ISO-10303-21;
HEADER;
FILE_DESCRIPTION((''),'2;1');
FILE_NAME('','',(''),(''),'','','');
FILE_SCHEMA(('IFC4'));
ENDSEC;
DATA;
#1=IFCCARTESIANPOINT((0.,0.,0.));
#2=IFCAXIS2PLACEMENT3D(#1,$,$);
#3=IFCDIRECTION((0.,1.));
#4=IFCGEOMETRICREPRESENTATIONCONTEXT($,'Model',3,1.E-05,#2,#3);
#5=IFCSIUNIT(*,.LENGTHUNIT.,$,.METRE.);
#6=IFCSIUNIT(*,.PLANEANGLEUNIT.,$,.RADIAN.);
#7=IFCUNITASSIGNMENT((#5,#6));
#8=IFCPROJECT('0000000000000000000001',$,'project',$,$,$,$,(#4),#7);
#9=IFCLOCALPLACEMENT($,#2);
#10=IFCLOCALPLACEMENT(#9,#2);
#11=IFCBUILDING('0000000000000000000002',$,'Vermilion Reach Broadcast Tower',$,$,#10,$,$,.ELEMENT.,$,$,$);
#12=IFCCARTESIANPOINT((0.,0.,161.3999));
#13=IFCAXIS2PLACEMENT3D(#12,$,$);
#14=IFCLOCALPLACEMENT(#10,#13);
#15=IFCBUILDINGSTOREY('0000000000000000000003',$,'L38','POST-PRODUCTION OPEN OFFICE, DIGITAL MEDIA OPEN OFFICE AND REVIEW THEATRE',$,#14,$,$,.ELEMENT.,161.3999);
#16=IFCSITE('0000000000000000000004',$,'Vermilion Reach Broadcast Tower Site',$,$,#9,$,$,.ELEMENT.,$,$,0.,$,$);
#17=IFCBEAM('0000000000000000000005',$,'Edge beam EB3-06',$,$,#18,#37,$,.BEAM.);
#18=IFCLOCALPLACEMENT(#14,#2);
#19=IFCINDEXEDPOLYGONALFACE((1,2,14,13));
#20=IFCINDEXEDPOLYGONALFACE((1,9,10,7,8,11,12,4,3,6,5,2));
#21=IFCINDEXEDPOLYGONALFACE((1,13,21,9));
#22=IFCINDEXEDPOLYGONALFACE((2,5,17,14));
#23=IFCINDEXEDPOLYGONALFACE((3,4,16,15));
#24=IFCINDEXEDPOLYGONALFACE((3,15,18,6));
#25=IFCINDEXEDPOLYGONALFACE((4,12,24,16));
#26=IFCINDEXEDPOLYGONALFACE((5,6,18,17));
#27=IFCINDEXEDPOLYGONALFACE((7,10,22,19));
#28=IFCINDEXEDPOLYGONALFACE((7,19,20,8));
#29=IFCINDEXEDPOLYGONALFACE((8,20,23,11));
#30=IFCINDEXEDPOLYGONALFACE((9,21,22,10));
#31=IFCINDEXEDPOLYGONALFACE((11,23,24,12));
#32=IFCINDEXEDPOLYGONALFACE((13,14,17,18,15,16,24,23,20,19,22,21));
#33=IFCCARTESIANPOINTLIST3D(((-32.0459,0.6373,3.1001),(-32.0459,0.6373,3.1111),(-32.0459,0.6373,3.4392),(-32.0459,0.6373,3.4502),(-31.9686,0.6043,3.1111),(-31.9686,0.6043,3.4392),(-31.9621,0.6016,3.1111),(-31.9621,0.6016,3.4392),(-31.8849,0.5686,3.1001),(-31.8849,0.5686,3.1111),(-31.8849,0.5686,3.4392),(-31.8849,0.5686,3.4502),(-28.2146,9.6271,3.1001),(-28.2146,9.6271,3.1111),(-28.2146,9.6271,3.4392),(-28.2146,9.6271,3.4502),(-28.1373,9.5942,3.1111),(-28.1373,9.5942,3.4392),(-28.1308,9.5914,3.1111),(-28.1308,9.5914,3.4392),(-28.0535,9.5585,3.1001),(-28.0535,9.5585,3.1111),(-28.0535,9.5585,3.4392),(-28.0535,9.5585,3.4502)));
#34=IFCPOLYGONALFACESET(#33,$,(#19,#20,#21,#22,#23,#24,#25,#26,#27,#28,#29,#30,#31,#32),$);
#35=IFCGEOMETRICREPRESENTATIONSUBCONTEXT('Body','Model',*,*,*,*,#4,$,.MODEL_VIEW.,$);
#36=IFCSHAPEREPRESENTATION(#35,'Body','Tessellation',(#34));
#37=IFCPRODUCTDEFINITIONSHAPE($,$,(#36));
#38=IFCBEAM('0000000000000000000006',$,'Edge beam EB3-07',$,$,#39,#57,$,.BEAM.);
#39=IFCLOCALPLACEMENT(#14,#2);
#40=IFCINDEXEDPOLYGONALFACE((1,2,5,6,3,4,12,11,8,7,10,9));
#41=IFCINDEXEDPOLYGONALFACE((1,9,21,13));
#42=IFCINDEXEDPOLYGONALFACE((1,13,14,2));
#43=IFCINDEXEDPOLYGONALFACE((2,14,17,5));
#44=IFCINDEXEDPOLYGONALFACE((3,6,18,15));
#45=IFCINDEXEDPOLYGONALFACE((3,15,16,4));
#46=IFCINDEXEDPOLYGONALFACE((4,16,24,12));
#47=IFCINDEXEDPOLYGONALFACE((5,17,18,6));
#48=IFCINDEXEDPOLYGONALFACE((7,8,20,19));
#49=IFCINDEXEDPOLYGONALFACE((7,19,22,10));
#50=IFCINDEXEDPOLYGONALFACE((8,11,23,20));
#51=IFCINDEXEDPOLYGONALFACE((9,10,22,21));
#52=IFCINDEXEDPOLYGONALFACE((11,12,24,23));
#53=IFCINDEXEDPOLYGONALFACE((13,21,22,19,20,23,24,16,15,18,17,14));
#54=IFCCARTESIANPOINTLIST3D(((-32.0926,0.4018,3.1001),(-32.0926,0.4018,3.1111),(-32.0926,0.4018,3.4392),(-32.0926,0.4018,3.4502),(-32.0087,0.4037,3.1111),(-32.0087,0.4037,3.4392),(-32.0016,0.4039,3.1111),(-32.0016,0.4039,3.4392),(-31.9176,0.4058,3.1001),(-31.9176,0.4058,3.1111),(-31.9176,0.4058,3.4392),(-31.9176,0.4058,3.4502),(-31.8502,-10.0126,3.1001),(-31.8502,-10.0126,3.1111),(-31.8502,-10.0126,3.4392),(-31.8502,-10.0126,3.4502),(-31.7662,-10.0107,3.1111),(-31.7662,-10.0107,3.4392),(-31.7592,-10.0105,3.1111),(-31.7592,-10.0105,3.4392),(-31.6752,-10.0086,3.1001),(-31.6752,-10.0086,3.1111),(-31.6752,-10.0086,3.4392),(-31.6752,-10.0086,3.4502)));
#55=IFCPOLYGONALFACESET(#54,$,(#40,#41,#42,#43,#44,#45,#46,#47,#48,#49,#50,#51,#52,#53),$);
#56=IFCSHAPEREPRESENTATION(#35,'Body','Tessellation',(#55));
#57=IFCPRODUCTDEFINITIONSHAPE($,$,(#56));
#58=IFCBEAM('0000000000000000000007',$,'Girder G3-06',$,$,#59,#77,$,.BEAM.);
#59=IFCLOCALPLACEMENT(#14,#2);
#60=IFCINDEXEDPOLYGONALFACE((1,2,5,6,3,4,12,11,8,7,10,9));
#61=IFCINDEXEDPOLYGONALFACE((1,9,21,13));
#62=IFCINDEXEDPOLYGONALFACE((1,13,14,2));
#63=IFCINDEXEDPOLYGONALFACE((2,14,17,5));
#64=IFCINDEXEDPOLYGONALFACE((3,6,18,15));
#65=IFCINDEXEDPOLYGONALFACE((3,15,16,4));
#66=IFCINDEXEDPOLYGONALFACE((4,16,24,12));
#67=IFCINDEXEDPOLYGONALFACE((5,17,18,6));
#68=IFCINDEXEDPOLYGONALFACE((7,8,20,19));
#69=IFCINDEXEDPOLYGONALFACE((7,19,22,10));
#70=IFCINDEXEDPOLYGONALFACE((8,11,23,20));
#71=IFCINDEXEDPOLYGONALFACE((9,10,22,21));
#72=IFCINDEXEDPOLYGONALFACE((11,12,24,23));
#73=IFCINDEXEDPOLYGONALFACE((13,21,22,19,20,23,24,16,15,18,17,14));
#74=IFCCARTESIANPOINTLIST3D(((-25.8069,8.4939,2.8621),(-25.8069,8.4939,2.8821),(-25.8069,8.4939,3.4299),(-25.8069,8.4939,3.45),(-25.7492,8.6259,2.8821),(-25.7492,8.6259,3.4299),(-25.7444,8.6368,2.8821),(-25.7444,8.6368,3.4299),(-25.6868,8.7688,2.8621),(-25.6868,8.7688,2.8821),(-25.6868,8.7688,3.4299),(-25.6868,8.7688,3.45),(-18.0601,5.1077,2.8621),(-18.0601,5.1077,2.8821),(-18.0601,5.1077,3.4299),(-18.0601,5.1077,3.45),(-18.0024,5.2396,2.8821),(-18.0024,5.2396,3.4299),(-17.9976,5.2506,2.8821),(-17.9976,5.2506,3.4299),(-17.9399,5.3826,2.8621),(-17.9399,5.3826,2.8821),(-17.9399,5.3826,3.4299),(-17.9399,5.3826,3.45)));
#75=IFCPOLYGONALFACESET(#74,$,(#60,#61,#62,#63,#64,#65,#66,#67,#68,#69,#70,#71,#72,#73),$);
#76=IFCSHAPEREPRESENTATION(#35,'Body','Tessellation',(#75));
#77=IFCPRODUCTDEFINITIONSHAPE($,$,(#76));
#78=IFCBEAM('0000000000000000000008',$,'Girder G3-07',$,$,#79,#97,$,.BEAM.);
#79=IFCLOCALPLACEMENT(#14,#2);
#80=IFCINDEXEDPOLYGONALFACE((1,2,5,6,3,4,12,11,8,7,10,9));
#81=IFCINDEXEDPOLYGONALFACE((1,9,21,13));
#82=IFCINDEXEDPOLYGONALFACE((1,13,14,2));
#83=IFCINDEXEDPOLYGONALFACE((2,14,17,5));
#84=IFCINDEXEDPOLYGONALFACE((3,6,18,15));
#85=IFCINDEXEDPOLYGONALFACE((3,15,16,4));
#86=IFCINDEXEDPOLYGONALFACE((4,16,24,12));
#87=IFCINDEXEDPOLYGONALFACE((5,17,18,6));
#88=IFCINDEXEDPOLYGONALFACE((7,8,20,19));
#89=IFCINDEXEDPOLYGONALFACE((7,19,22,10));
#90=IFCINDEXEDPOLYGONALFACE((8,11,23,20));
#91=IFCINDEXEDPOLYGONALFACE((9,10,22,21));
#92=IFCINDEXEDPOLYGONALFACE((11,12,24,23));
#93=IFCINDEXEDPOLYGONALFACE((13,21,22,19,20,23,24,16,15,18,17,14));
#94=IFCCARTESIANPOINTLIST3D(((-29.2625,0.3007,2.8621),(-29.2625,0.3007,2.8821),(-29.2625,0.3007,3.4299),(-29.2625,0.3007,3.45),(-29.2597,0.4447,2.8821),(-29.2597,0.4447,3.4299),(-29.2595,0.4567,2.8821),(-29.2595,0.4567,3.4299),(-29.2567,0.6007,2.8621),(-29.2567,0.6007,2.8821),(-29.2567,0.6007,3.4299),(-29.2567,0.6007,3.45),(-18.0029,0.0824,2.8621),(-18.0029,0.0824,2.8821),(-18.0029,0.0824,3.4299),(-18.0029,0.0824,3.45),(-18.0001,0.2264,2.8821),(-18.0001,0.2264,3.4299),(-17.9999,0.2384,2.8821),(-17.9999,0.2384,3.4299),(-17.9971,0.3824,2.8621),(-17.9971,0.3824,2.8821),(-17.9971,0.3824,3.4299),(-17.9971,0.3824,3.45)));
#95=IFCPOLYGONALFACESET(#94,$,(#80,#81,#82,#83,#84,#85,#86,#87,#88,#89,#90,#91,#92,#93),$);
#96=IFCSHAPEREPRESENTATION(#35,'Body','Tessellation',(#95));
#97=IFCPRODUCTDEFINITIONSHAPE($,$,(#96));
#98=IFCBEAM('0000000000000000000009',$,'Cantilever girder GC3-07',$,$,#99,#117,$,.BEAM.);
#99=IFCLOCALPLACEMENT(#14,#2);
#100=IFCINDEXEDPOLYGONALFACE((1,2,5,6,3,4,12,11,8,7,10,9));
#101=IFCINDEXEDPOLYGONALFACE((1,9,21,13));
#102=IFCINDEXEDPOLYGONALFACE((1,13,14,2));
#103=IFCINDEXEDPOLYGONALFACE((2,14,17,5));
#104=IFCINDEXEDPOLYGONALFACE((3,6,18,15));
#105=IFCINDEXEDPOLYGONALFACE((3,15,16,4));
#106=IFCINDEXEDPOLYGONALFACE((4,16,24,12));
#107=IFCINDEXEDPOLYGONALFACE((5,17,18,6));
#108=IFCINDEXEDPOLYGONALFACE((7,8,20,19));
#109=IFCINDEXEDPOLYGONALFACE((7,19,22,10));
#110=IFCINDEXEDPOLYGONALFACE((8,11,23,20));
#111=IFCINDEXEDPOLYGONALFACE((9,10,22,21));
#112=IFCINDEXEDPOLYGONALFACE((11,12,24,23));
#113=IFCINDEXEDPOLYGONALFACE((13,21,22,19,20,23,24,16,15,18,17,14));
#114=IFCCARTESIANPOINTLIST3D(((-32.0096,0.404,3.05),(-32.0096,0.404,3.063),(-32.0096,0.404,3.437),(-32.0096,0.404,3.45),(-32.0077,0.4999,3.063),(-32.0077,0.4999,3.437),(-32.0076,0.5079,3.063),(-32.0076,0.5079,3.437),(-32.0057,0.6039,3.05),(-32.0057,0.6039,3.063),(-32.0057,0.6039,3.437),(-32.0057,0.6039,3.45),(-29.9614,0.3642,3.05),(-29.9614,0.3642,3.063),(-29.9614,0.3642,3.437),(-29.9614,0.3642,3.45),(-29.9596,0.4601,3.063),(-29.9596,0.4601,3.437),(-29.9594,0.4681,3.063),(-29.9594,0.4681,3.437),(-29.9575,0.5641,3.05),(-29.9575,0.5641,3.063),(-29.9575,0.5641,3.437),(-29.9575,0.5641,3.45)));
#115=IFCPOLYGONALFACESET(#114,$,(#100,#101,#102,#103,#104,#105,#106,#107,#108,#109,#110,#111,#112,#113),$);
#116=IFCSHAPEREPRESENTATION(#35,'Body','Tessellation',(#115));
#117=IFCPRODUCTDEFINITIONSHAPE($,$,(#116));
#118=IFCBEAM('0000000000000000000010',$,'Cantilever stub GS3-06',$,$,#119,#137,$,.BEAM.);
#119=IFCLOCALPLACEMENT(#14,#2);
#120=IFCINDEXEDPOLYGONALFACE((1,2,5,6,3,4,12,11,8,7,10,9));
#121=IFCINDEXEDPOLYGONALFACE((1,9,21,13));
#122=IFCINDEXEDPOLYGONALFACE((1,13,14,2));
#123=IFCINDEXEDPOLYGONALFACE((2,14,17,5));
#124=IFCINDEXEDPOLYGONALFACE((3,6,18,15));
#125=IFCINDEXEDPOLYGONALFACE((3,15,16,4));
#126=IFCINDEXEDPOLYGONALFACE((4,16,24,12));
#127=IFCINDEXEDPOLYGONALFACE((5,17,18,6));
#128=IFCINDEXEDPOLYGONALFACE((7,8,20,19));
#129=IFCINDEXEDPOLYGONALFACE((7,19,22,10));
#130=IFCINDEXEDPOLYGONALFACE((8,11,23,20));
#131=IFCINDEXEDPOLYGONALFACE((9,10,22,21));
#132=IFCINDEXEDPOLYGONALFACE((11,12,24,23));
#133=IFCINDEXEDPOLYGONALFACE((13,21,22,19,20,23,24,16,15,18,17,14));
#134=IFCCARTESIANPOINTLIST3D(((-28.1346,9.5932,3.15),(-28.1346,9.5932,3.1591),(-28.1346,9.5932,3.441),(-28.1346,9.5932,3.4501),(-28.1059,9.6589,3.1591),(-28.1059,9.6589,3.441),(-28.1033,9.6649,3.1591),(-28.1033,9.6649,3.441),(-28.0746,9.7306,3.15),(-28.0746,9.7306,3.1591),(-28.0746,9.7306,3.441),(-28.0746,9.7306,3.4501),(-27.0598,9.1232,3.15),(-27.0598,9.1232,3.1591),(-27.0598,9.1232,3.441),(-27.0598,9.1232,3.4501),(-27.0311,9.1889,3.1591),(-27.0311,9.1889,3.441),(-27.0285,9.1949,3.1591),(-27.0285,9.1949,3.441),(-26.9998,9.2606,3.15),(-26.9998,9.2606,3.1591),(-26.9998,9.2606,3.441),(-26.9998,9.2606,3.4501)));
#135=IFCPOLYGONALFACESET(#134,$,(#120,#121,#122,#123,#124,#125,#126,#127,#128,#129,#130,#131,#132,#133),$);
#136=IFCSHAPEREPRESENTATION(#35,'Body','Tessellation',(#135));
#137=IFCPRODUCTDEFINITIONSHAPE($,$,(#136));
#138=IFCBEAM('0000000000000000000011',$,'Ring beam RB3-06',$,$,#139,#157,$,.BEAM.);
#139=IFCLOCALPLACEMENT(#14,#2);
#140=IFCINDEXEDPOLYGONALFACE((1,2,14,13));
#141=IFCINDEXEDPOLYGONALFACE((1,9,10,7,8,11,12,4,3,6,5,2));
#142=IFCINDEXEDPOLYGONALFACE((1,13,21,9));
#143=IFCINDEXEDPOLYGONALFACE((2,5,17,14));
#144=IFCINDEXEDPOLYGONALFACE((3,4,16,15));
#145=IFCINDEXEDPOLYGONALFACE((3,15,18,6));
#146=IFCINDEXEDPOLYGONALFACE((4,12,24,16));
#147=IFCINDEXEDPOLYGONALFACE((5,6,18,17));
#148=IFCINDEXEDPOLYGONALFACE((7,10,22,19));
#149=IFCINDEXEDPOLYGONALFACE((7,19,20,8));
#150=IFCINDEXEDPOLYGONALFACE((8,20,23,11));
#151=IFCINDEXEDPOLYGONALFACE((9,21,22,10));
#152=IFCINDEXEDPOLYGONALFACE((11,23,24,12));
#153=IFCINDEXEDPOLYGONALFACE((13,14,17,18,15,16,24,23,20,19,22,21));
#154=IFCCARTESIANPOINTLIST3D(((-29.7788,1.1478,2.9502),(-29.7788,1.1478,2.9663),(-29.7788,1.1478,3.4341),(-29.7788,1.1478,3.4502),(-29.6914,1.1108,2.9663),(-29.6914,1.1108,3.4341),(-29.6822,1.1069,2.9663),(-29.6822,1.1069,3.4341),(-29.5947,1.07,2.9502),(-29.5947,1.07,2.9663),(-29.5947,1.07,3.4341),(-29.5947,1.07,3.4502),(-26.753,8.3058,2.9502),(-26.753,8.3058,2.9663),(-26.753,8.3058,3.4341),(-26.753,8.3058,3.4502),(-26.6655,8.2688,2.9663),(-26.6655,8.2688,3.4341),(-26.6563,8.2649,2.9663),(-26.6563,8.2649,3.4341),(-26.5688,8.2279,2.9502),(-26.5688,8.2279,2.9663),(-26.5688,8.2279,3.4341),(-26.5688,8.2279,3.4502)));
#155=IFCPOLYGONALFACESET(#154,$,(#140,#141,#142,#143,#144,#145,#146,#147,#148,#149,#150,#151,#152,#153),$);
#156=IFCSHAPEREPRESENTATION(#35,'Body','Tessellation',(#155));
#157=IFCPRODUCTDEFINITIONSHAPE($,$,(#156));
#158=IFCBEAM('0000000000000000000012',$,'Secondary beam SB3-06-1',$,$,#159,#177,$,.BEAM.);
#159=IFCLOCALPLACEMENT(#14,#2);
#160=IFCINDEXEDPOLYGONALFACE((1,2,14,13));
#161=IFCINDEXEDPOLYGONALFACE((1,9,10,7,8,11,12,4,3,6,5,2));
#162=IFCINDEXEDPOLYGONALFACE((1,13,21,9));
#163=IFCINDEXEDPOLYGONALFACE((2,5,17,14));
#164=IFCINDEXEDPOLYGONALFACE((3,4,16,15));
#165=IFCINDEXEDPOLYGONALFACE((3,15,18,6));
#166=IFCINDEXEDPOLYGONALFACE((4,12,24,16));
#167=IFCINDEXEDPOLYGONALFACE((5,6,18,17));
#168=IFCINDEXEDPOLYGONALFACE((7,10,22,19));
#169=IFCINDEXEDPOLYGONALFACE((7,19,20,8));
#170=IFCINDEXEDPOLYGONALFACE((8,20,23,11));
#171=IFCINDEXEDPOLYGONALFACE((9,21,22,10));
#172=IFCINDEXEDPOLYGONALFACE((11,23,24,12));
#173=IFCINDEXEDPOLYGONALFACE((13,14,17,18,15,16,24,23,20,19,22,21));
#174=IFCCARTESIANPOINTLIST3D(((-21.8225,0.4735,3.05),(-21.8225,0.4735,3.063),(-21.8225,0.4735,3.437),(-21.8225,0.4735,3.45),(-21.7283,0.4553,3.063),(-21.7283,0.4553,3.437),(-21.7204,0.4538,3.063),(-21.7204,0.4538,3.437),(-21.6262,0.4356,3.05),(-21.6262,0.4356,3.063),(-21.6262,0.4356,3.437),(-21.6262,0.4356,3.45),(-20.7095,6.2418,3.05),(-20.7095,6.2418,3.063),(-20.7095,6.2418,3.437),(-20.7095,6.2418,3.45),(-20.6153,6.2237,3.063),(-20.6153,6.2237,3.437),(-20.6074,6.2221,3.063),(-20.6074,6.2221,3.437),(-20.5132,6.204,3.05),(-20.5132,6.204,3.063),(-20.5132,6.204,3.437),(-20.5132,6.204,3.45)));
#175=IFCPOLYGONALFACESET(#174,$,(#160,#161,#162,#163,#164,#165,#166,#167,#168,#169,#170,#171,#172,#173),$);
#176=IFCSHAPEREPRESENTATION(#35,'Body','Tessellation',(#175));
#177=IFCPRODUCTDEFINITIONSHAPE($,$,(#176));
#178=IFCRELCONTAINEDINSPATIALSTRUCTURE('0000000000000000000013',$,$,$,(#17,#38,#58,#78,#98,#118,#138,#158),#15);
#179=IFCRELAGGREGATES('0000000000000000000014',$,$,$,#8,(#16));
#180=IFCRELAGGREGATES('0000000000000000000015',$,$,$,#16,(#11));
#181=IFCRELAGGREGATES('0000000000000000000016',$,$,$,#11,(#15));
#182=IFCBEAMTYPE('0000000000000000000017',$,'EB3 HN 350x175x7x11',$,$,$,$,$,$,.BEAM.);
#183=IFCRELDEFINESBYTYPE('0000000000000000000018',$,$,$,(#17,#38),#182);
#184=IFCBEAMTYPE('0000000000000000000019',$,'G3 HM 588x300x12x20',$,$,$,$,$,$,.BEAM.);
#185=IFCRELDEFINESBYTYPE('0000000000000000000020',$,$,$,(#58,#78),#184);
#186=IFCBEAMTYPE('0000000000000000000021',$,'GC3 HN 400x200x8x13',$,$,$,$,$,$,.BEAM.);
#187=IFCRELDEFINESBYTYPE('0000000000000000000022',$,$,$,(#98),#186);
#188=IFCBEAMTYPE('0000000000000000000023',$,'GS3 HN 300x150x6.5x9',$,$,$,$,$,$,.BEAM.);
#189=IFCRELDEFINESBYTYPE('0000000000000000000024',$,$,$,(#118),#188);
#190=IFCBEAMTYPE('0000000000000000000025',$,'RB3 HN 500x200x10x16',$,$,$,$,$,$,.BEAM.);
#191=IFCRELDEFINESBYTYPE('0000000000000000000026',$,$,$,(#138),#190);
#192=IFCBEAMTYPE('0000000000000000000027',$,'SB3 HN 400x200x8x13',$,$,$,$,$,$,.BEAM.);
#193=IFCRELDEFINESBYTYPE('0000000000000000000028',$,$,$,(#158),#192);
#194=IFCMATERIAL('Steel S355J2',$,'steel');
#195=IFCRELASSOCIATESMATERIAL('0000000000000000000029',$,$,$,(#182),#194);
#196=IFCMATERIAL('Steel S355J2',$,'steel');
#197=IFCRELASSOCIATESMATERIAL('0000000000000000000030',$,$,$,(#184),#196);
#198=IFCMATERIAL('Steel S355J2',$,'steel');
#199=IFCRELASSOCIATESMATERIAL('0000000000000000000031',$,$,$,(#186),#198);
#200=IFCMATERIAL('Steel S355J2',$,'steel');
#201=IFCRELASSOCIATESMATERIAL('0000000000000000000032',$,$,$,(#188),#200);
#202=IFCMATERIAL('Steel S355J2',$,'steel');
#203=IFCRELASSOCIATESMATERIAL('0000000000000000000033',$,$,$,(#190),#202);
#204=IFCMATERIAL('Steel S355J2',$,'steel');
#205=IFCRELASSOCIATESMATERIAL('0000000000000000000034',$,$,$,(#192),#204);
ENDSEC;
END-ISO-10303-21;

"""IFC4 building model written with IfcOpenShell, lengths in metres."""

from ifc_helpers import new_model, si_unit, direction, frame, origin, origin_2d, place, context, subcontext, project, spatial, i_section, extrude, material, material_profile, profile_set, type_object, element, save


model = new_model("IFC4")

# Units and contexts
model_context = context("Model", 3, precision=1e-05, world=origin(), true_north=direction((0.0, 1.0)))
body_context = subcontext(model_context, "Body", "Model", "MODEL_VIEW")
ifc_project = project(units=[si_unit("LENGTHUNIT", "METRE"), si_unit("PLANEANGLEUNIT", "RADIAN")], contexts=[model_context])

# Site, building, storey
site_placement = place(None, origin())
site = spatial("IfcSite", under=ifc_project, at=site_placement, Name="Vermilion Reach Broadcast Tower Site", CompositionType="ELEMENT", RefElevation=0.0)
building_placement = place(site_placement, origin())
building = spatial("IfcBuilding", under=site, at=building_placement, Name="Vermilion Reach Broadcast Tower", CompositionType="ELEMENT")
storey_placement = place(building_placement, frame((0.0, 0.0, 161.3999)))
storey = spatial("IfcBuildingStorey", under=building, at=storey_placement, Name="L38", Description="POST-PRODUCTION OPEN OFFICE, DIGITAL MEDIA OPEN OFFICE AND REVIEW THEATRE", CompositionType="ELEMENT", Elevation=161.3999)

# Beams
ifc_material_1 = material(Name="Steel S355J2", Category="steel")
ifc_material_profile_1 = material_profile(ifc_material_1, i_section(OverallWidth=0.175, OverallDepth=0.3501, WebThickness=0.0071, FlangeThickness=0.011, at=origin_2d()), Name="S355J2 HN 350x175x7x11")
ifc_profile_set_1 = profile_set([ifc_material_profile_1], Name="Steel S355J2")
beam_type_1 = type_object("IfcBeamType", Name="EB3 HN 350x175x7x11", PredefinedType="BEAM", material=ifc_profile_set_1)
beam_1_placement = place(storey_placement, frame((-28.134, 9.5928, 3.2751), z_axis=(-0.392064, -0.919938, 0.0), x_axis=(0.919938, -0.392064, 0.0)))
element("IfcBeam", 1, at=beam_1_placement, inside=storey, type_object=beam_type_1, Name="Edge beam EB3-06", PredefinedType="BEAM", context=body_context, shape_type="SweptSolid", body=[
    extrude(i_section(OverallWidth=0.175, OverallDepth=0.3501, WebThickness=0.0071, FlangeThickness=0.011, at=origin_2d()), origin(), (0.0, 0.0, 1.0), 9.7722),
])
beam_2_placement = place(storey_placement, frame((-32.0051, 0.4038, 3.2751), z_axis=(0.023272, -0.999729, 0.0), x_axis=(0.999729, 0.023272, 0.0)))
element("IfcBeam", 2, at=beam_2_placement, inside=storey, type_object=beam_type_1, Name="Edge beam EB3-07", PredefinedType="BEAM", context=body_context, shape_type="SweptSolid", body=[
    extrude(i_section(OverallWidth=0.175, OverallDepth=0.3501, WebThickness=0.0071, FlangeThickness=0.011, at=origin_2d()), origin(), (0.0, 0.0, 1.0), 10.4172),
])
ifc_material_2 = material(Name="Steel S355J2", Category="steel")
ifc_material_profile_2 = material_profile(ifc_material_2, i_section(OverallWidth=0.3, OverallDepth=0.5879, WebThickness=0.012, FlangeThickness=0.02, at=origin_2d()), Name="S355J2 HM 588x300x12x20")
ifc_profile_set_2 = profile_set([ifc_material_profile_2], Name="Steel S355J2")
beam_type_2 = type_object("IfcBeamType", Name="G3 HM 588x300x12x20", PredefinedType="BEAM", material=ifc_profile_set_2)
beam_3_placement = place(storey_placement, frame((-18.0, 5.2451, 3.156), z_axis=(-0.916288, 0.40052, 0.0), x_axis=(-0.40052, -0.916288, 0.0)))
element("IfcBeam", 3, at=beam_3_placement, inside=storey, type_object=beam_type_2, Name="Girder G3-06", PredefinedType="BEAM", context=body_context, shape_type="SweptSolid", body=[
    extrude(i_section(OverallWidth=0.3, OverallDepth=0.5879, WebThickness=0.012, FlangeThickness=0.02, at=origin_2d()), origin(), (0.0, 0.0, 1.0), 8.4546),
])
beam_4_placement = place(storey_placement, frame((-18.0, 0.2324, 3.156), z_axis=(-0.999812, 0.019381, 0.0), x_axis=(-0.019381, -0.999812, 0.0)))
element("IfcBeam", 4, at=beam_4_placement, inside=storey, type_object=beam_type_2, Name="Girder G3-07", PredefinedType="BEAM", context=body_context, shape_type="SweptSolid", body=[
    extrude(i_section(OverallWidth=0.3, OverallDepth=0.5879, WebThickness=0.012, FlangeThickness=0.02, at=origin_2d()), origin(), (0.0, 0.0, 1.0), 11.2617),
])
ifc_material_3 = material(Name="Steel S355J2", Category="steel")
ifc_material_profile_3 = material_profile(ifc_material_3, i_section(OverallWidth=0.2, OverallDepth=0.3999, WebThickness=0.0081, FlangeThickness=0.0129, at=origin_2d()), Name="S355J2 HN 400x200x8x13")
ifc_profile_set_3 = profile_set([ifc_material_profile_3], Name="Steel S355J2")
beam_type_3 = type_object("IfcBeamType", Name="GC3 HN 400x200x8x13", PredefinedType="BEAM", material=ifc_profile_set_3)
beam_5_placement = place(storey_placement, frame((-29.9595, 0.4641, 3.25), z_axis=(-0.999811, 0.019427, 0.0), x_axis=(-0.019427, -0.999811, 0.0)))
element("IfcBeam", 5, at=beam_5_placement, inside=storey, type_object=beam_type_3, Name="Cantilever girder GC3-07", PredefinedType="BEAM", context=body_context, shape_type="SweptSolid", body=[
    extrude(i_section(OverallWidth=0.2, OverallDepth=0.3999, WebThickness=0.0081, FlangeThickness=0.0129, at=origin_2d()), origin(), (0.0, 0.0, 1.0), 2.0486),
])
ifc_material_4 = material(Name="Steel S355J2", Category="steel")
ifc_material_profile_4 = material_profile(ifc_material_4, i_section(OverallWidth=0.1499, OverallDepth=0.3, WebThickness=0.0066, FlangeThickness=0.009, at=origin_2d()), Name="S355J2 HN 300x150x6.5x9")
ifc_profile_set_4 = profile_set([ifc_material_profile_4], Name="Steel S355J2")
beam_type_4 = type_object("IfcBeamType", Name="GS3 HN 300x150x6.5x9", PredefinedType="BEAM", material=ifc_profile_set_4)
beam_6_placement = place(storey_placement, frame((-27.0298, 9.1919, 3.3), z_axis=(-0.916224, 0.400666, 0.0), x_axis=(-0.400666, -0.916224, 0.0)))
element("IfcBeam", 6, at=beam_6_placement, inside=storey, type_object=beam_type_4, Name="Cantilever stub GS3-06", PredefinedType="BEAM", context=body_context, shape_type="SweptSolid", body=[
    extrude(i_section(OverallWidth=0.1499, OverallDepth=0.3, WebThickness=0.0066, FlangeThickness=0.009, at=origin_2d()), origin(), (0.0, 0.0, 1.0), 1.1731),
])
ifc_material_5 = material(Name="Steel S355J2", Category="steel")
ifc_material_profile_5 = material_profile(ifc_material_5, i_section(OverallWidth=0.2, OverallDepth=0.5, WebThickness=0.01, FlangeThickness=0.0161, at=origin_2d()), Name="S355J2 HN 500x200x10x16")
ifc_profile_set_5 = profile_set([ifc_material_profile_5], Name="Steel S355J2")
beam_type_5 = type_object("IfcBeamType", Name="RB3 HN 500x200x10x16", PredefinedType="BEAM", material=ifc_profile_set_5)
beam_7_placement = place(storey_placement, frame((-26.6609, 8.2668, 3.2002), z_axis=(-0.389368, -0.921082, 0.0), x_axis=(0.921082, -0.389368, 0.0)))
element("IfcBeam", 7, at=beam_7_placement, inside=storey, type_object=beam_type_5, Name="Ring beam RB3-06", PredefinedType="BEAM", context=body_context, shape_type="SweptSolid", body=[
    extrude(i_section(OverallWidth=0.2, OverallDepth=0.5, WebThickness=0.01, FlangeThickness=0.0161, at=origin_2d()), origin(), (0.0, 0.0, 1.0), 7.7712),
])
ifc_material_6 = material(Name="Steel S355J2", Category="steel")
ifc_material_profile_6 = material_profile(ifc_material_6, i_section(OverallWidth=0.2, OverallDepth=0.3999, WebThickness=0.0081, FlangeThickness=0.0129, at=origin_2d()), Name="S355J2 HN 400x200x8x13")
ifc_profile_set_6 = profile_set([ifc_material_profile_6], Name="Steel S355J2")
beam_type_6 = type_object("IfcBeamType", Name="SB3 HN 400x200x8x13", PredefinedType="BEAM", material=ifc_profile_set_6)
beam_8_placement = place(storey_placement, frame((-20.6113, 6.2229, 3.25), z_axis=(-0.189462, -0.981888, 0.0), x_axis=(0.981888, -0.189462, 0.0)))
element("IfcBeam", 8, at=beam_8_placement, inside=storey, type_object=beam_type_6, Name="Secondary beam SB3-06-1", PredefinedType="BEAM", context=body_context, shape_type="SweptSolid", body=[
    extrude(i_section(OverallWidth=0.2, OverallDepth=0.3999, WebThickness=0.0081, FlangeThickness=0.0129, at=origin_2d()), origin(), (0.0, 0.0, 1.0), 5.8748),
])

save(model, "model.ifc")
